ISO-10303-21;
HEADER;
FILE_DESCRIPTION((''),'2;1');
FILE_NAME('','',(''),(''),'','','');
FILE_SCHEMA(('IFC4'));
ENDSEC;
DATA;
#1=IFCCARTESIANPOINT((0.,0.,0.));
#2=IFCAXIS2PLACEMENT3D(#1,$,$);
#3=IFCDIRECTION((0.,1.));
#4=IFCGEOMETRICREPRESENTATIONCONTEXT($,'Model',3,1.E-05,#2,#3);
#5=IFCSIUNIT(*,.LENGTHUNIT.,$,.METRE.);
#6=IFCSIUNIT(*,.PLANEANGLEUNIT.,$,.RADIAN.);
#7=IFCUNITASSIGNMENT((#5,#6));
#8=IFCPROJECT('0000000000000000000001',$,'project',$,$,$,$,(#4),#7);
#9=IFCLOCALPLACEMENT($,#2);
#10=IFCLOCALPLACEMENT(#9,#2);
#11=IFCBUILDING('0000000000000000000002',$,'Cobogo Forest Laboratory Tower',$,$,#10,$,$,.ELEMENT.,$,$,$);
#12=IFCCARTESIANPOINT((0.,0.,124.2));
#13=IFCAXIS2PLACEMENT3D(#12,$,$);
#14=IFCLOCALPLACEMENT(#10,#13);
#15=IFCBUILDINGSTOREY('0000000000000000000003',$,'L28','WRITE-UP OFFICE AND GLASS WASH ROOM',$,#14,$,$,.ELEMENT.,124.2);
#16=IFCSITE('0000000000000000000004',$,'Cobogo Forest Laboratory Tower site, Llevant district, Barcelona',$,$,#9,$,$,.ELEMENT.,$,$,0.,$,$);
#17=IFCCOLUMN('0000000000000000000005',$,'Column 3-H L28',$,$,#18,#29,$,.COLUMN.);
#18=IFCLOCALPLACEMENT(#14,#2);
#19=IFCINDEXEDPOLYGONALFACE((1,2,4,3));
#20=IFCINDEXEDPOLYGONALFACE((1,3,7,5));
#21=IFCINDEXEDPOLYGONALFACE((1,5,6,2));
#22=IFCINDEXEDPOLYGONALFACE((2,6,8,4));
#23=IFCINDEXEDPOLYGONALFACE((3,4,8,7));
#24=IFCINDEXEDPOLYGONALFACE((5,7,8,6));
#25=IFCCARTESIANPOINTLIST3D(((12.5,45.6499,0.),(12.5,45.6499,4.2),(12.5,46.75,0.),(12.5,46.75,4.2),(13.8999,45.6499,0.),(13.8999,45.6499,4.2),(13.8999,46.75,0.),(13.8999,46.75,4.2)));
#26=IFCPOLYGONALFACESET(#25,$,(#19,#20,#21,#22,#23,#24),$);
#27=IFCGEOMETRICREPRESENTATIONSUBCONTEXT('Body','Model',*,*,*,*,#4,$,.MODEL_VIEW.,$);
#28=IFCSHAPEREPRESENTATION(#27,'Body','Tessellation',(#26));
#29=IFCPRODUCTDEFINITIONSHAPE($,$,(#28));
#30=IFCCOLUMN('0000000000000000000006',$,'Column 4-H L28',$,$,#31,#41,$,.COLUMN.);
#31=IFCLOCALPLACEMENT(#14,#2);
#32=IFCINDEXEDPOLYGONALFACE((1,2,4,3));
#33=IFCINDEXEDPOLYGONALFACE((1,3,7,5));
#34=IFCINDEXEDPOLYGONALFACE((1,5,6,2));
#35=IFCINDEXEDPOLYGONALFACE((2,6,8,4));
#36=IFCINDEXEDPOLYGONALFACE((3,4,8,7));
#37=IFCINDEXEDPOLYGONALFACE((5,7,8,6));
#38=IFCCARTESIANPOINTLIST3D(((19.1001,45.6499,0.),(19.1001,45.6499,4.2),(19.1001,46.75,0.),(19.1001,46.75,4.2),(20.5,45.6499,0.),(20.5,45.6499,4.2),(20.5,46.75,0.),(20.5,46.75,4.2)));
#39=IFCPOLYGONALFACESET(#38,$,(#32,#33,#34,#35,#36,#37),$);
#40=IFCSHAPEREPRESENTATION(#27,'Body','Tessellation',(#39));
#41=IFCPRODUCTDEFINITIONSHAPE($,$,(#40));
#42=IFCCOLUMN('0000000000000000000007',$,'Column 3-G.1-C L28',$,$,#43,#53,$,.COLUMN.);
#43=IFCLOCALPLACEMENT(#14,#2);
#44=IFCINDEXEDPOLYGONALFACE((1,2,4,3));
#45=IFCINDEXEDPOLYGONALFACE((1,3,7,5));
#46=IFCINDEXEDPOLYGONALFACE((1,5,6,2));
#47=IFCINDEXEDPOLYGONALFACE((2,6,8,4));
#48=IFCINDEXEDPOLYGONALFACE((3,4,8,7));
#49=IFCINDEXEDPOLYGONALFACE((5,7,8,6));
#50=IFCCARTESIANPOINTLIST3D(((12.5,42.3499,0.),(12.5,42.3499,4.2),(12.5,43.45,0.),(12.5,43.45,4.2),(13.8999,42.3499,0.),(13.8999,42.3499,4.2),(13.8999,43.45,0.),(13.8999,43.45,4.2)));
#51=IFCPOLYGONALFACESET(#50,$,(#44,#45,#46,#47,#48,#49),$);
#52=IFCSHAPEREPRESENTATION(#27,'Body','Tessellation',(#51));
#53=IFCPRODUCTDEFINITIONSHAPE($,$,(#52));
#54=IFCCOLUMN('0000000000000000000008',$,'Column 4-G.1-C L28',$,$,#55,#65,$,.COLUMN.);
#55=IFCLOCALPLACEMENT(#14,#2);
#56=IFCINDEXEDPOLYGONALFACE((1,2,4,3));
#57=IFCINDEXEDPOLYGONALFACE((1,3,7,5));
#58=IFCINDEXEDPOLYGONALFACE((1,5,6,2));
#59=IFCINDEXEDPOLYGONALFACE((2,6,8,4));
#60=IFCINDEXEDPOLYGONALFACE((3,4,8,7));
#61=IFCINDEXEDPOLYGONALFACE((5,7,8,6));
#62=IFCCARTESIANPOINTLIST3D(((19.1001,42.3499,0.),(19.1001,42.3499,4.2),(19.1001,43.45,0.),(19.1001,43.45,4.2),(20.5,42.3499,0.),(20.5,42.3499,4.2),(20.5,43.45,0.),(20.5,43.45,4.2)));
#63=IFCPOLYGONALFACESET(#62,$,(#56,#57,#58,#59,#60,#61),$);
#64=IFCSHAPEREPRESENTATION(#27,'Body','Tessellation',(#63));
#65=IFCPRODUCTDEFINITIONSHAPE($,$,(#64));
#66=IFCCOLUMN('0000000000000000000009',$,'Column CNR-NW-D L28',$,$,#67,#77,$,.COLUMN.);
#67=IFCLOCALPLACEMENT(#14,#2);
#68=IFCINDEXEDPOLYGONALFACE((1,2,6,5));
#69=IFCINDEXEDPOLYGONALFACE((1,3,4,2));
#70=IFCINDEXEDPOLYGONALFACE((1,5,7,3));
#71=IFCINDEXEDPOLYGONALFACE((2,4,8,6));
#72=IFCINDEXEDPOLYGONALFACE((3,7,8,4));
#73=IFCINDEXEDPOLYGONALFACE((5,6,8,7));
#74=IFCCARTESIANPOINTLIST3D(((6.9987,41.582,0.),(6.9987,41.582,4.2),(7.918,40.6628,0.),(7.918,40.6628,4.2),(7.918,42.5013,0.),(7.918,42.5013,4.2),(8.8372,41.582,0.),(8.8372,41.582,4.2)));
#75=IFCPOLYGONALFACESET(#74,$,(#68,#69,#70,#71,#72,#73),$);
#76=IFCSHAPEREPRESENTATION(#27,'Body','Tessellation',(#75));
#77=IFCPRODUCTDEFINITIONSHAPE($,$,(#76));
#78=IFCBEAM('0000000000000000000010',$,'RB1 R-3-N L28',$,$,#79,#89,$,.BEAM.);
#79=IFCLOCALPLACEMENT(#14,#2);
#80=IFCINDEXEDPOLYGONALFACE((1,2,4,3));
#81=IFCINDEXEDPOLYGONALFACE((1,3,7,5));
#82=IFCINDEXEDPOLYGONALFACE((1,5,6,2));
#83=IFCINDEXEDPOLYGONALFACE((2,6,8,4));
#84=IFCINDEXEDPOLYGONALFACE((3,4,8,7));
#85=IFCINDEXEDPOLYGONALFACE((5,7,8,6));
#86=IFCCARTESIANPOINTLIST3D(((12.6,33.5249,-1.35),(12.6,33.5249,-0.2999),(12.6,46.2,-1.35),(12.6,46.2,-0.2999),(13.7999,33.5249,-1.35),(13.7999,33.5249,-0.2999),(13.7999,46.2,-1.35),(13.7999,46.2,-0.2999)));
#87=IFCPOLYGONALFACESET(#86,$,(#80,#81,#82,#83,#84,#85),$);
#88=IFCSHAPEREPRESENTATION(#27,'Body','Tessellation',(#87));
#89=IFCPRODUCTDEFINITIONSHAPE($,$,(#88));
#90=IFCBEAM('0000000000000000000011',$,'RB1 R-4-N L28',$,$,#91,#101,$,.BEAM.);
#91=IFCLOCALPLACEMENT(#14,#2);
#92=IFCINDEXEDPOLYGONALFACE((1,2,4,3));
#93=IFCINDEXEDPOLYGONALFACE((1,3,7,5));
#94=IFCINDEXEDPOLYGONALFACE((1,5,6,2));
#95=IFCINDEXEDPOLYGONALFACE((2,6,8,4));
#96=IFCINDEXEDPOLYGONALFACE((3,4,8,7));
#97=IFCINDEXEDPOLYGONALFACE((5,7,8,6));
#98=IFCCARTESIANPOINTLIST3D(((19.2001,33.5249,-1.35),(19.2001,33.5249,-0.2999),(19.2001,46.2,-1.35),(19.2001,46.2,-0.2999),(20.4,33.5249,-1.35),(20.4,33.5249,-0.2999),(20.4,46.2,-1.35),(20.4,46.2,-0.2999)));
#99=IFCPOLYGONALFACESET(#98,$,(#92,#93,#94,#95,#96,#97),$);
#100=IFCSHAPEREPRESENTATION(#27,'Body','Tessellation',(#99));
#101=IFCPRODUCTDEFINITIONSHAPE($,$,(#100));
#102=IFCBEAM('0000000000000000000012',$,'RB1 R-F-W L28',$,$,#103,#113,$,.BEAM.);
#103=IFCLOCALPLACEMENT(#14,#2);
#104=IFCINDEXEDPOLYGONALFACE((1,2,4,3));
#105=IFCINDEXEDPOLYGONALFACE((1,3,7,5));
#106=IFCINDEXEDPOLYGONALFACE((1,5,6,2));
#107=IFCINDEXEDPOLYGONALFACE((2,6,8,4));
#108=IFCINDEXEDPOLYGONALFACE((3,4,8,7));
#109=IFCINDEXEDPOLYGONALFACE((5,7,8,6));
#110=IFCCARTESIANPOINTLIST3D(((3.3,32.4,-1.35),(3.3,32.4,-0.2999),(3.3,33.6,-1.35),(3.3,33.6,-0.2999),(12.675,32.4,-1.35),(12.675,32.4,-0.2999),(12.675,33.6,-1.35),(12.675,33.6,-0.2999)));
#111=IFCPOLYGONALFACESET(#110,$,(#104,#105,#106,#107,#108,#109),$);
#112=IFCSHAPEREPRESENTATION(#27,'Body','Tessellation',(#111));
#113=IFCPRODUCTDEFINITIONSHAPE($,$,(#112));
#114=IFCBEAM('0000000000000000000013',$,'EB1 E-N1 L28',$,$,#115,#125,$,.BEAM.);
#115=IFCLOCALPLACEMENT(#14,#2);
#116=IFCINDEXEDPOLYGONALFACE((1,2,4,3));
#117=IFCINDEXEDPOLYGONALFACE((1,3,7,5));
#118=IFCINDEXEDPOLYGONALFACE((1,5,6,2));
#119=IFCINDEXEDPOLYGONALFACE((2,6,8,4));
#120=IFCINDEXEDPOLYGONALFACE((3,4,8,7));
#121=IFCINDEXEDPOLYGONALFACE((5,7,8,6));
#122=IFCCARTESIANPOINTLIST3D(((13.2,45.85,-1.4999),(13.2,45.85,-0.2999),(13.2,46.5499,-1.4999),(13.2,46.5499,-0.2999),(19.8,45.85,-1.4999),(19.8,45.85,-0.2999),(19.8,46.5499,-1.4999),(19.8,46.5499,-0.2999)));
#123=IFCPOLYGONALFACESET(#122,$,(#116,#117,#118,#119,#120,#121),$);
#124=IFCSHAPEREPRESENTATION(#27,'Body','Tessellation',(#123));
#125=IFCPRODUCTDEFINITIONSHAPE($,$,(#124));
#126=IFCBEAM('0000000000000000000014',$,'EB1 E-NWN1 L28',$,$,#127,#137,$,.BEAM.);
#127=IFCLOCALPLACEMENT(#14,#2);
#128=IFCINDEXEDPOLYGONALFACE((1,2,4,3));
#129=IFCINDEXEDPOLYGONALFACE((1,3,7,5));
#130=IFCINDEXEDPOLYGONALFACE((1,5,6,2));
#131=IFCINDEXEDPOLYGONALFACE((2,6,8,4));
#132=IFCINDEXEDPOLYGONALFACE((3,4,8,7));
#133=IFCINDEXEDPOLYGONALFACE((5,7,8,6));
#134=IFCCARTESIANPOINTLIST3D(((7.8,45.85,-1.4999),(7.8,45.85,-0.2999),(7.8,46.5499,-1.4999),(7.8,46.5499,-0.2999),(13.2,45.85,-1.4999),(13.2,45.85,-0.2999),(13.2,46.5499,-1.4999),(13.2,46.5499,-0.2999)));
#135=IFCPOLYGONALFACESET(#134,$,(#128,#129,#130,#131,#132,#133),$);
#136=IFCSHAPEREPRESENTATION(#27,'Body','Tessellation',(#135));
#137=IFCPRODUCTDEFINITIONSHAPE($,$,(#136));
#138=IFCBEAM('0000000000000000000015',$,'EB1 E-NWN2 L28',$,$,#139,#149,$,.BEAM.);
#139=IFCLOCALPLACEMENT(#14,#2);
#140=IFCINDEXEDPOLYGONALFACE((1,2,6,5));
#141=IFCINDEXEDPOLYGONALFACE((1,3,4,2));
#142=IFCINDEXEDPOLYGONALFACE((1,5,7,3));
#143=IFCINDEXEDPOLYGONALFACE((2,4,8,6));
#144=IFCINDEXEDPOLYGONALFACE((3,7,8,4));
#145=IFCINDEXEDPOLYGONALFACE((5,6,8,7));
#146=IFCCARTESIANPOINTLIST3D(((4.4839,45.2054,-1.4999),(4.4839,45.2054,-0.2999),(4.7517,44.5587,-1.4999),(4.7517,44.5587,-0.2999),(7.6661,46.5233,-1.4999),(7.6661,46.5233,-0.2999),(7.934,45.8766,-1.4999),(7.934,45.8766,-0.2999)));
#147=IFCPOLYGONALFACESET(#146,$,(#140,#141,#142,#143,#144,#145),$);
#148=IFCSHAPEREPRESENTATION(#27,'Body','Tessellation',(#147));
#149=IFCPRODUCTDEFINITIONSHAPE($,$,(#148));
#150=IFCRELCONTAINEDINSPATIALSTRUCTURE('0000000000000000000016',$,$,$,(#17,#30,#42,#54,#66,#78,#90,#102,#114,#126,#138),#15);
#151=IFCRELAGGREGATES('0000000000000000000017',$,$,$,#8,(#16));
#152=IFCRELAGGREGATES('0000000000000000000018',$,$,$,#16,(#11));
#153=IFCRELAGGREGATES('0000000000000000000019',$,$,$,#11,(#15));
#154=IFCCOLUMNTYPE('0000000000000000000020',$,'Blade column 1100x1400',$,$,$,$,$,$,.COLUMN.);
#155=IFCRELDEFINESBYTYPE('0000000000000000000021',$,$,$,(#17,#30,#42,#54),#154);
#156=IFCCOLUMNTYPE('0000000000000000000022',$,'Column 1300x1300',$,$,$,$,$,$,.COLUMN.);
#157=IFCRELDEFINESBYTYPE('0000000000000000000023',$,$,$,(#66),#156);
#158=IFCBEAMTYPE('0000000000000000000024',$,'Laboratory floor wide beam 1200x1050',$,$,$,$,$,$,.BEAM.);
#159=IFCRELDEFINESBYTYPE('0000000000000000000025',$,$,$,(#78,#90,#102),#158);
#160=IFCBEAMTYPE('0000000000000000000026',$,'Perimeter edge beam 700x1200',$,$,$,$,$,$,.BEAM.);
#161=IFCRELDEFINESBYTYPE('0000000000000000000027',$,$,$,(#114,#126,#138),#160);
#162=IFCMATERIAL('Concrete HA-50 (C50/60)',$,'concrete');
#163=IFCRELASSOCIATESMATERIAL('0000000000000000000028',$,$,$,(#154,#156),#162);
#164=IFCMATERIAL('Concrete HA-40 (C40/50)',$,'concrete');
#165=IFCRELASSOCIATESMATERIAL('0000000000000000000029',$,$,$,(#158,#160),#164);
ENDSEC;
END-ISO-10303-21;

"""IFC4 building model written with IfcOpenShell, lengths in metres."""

from ifc_helpers import new_model, si_unit, direction, frame, origin, origin_2d, place, context, subcontext, project, spatial, rectangle, extrude, material, material_profile, profile_set, type_object, element, save


model = new_model("IFC4")

# Units and contexts
model_context = context("Model", 3, precision=1e-05, world=origin(), true_north=direction((0.0, 1.0)))
body_context = subcontext(model_context, "Body", "Model", "MODEL_VIEW")
ifc_project = project(units=[si_unit("LENGTHUNIT", "METRE"), si_unit("PLANEANGLEUNIT", "RADIAN")], contexts=[model_context])

# Site, building, storey
site_placement = place(None, origin())
site = spatial("IfcSite", under=ifc_project, at=site_placement, Name="Cobogo Forest Laboratory Tower site, Llevant district, Barcelona", CompositionType="ELEMENT", RefElevation=0.0)
building_placement = place(site_placement, origin())
building = spatial("IfcBuilding", under=site, at=building_placement, Name="Cobogo Forest Laboratory Tower", CompositionType="ELEMENT")
storey_placement = place(building_placement, frame((0.0, 0.0, 124.2)))
storey = spatial("IfcBuildingStorey", under=building, at=storey_placement, Name="L28", Description="WRITE-UP OFFICE AND GLASS WASH ROOM", CompositionType="ELEMENT", Elevation=124.2)

# Columns
ifc_material_1 = material(Name="Concrete HA-50 (C50/60)", Category="concrete")
ifc_material_profile_1 = material_profile(ifc_material_1, rectangle(XDim=1.3999, YDim=1.1001, at=origin_2d()), Name="RC 1100x1400")
ifc_profile_set_1 = profile_set([ifc_material_profile_1], Name="Concrete HA-50 (C50/60)")
column_type_1 = type_object("IfcColumnType", Name="Blade column 1100x1400", PredefinedType="COLUMN", material=ifc_profile_set_1)
for number, where, z_axis, x_axis, name in (
    (1, (13.2, 46.2, 0.0), (0.0, 0.0, 1.0), (1.0, 0.0, 0.0), "Column 3-H L28"),
    (2, (19.8, 46.2, 0.0), (0.0, 0.0, 1.0), (1.0, 0.0, 0.0), "Column 4-H L28"),
    (3, (13.2, 42.8999, 0.0), (0.0, 0.0, 1.0), (1.0, 0.0, 0.0), "Column 3-G.1-C L28"),
    (4, (19.8, 42.8999, 0.0), (0.0, 0.0, 1.0), (1.0, 0.0, 0.0), "Column 4-G.1-C L28"),
):
    element("IfcColumn", number, at=place(storey_placement, frame(where, z_axis=z_axis, x_axis=x_axis)), inside=storey, type_object=column_type_1, Name=name, PredefinedType="COLUMN", context=body_context, shape_type="SweptSolid", body=[
        extrude(rectangle(XDim=1.3999, YDim=1.1001, at=origin_2d()), origin(), (0.0, 0.0, 1.0), 4.2),
    ])
ifc_material_profile_2 = material_profile(ifc_material_1, rectangle(XDim=1.3, YDim=1.3, at=origin_2d()), Name="RC 1300x1300")
ifc_profile_set_2 = profile_set([ifc_material_profile_2], Name="Concrete HA-50 (C50/60)")
column_type_2 = type_object("IfcColumnType", Name="Column 1300x1300", PredefinedType="COLUMN", material=ifc_profile_set_2)
column_placement = place(storey_placement, frame((7.918, 41.582, 0.0), z_axis=(0.0, 0.0, 1.0), x_axis=(0.707107, 0.707107, 0.0)))
element("IfcColumn", 5, at=column_placement, inside=storey, type_object=column_type_2, Name="Column CNR-NW-D L28", PredefinedType="COLUMN", context=body_context, shape_type="SweptSolid", body=[
    extrude(rectangle(XDim=1.3, YDim=1.3, at=origin_2d()), origin(), (0.0, 0.0, 1.0), 4.2),
])

# Beams
ifc_material_2 = material(Name="Concrete HA-40 (C40/50)", Category="concrete")
ifc_material_profile_3 = material_profile(ifc_material_2, rectangle(XDim=1.2, YDim=1.05, at=origin_2d()), Name="RC 1200x1050")
ifc_profile_set_3 = profile_set([ifc_material_profile_3], Name="Concrete HA-40 (C40/50)")
beam_type_1 = type_object("IfcBeamType", Name="Laboratory floor wide beam 1200x1050", PredefinedType="BEAM", material=ifc_profile_set_3)
for number, where, z_axis, x_axis, name in (
    (6, (13.2, 33.5249, -0.825), (0.0, 1.0, 0.0), (-1.0, 0.0, 0.0), "RB1 R-3-N L28"),
    (7, (19.8, 33.5249, -0.825), (0.0, 1.0, 0.0), (-1.0, 0.0, 0.0), "RB1 R-4-N L28"),
):
    element("IfcBeam", number, at=place(storey_placement, frame(where, z_axis=z_axis, x_axis=x_axis)), inside=storey, type_object=beam_type_1, Name=name, PredefinedType="BEAM", context=body_context, shape_type="SweptSolid", body=[
        extrude(rectangle(XDim=1.2, YDim=1.05, at=origin_2d()), origin(), (0.0, 0.0, 1.0), 12.675),
    ])
beam_1_placement = place(storey_placement, frame((12.675, 33.0, -0.825), z_axis=(-1.0, 0.0, 0.0), x_axis=(0.0, -1.0, 0.0)))
element("IfcBeam", 8, at=beam_1_placement, inside=storey, type_object=beam_type_1, Name="RB1 R-F-W L28", PredefinedType="BEAM", context=body_context, shape_type="SweptSolid", body=[
    extrude(rectangle(XDim=1.2, YDim=1.05, at=origin_2d()), origin(), (0.0, 0.0, 1.0), 9.375),
])
ifc_material_profile_4 = material_profile(ifc_material_2, rectangle(XDim=0.7, YDim=1.2, at=origin_2d()), Name="RC 700x1200")
ifc_profile_set_4 = profile_set([ifc_material_profile_4], Name="Concrete HA-40 (C40/50)")
beam_type_2 = type_object("IfcBeamType", Name="Perimeter edge beam 700x1200", PredefinedType="BEAM", material=ifc_profile_set_4)
beam_2_placement = place(storey_placement, frame((13.2, 46.2, -0.8999), z_axis=(1.0, 0.0, 0.0), x_axis=(0.0, 1.0, 0.0)))
element("IfcBeam", 9, at=beam_2_placement, inside=storey, type_object=beam_type_2, Name="EB1 E-N1 L28", PredefinedType="BEAM", context=body_context, shape_type="SweptSolid", body=[
    extrude(rectangle(XDim=0.7, YDim=1.2, at=origin_2d()), origin(), (0.0, 0.0, 1.0), 6.6001),
])
beam_3_placement = place(storey_placement, frame((13.2, 46.2, -0.8999), z_axis=(-1.0, 0.0, 0.0), x_axis=(0.0, -1.0, 0.0)))
element("IfcBeam", 10, at=beam_3_placement, inside=storey, type_object=beam_type_2, Name="EB1 E-NWN1 L28", PredefinedType="BEAM", context=body_context, shape_type="SweptSolid", body=[
    extrude(rectangle(XDim=0.7, YDim=1.2, at=origin_2d()), origin(), (0.0, 0.0, 1.0), 5.3999),
])
beam_4_placement = place(storey_placement, frame((7.8, 46.2, -0.8999), z_axis=(-0.923901, -0.382631, 0.0), x_axis=(0.382631, -0.923901, 0.0)))
element("IfcBeam", 11, at=beam_4_placement, inside=storey, type_object=beam_type_2, Name="EB1 E-NWN2 L28", PredefinedType="BEAM", context=body_context, shape_type="SweptSolid", body=[
    extrude(rectangle(XDim=0.7, YDim=1.2, at=origin_2d()), origin(), (0.0, 0.0, 1.0), 3.4443),
])

save(model, "model.ifc")
